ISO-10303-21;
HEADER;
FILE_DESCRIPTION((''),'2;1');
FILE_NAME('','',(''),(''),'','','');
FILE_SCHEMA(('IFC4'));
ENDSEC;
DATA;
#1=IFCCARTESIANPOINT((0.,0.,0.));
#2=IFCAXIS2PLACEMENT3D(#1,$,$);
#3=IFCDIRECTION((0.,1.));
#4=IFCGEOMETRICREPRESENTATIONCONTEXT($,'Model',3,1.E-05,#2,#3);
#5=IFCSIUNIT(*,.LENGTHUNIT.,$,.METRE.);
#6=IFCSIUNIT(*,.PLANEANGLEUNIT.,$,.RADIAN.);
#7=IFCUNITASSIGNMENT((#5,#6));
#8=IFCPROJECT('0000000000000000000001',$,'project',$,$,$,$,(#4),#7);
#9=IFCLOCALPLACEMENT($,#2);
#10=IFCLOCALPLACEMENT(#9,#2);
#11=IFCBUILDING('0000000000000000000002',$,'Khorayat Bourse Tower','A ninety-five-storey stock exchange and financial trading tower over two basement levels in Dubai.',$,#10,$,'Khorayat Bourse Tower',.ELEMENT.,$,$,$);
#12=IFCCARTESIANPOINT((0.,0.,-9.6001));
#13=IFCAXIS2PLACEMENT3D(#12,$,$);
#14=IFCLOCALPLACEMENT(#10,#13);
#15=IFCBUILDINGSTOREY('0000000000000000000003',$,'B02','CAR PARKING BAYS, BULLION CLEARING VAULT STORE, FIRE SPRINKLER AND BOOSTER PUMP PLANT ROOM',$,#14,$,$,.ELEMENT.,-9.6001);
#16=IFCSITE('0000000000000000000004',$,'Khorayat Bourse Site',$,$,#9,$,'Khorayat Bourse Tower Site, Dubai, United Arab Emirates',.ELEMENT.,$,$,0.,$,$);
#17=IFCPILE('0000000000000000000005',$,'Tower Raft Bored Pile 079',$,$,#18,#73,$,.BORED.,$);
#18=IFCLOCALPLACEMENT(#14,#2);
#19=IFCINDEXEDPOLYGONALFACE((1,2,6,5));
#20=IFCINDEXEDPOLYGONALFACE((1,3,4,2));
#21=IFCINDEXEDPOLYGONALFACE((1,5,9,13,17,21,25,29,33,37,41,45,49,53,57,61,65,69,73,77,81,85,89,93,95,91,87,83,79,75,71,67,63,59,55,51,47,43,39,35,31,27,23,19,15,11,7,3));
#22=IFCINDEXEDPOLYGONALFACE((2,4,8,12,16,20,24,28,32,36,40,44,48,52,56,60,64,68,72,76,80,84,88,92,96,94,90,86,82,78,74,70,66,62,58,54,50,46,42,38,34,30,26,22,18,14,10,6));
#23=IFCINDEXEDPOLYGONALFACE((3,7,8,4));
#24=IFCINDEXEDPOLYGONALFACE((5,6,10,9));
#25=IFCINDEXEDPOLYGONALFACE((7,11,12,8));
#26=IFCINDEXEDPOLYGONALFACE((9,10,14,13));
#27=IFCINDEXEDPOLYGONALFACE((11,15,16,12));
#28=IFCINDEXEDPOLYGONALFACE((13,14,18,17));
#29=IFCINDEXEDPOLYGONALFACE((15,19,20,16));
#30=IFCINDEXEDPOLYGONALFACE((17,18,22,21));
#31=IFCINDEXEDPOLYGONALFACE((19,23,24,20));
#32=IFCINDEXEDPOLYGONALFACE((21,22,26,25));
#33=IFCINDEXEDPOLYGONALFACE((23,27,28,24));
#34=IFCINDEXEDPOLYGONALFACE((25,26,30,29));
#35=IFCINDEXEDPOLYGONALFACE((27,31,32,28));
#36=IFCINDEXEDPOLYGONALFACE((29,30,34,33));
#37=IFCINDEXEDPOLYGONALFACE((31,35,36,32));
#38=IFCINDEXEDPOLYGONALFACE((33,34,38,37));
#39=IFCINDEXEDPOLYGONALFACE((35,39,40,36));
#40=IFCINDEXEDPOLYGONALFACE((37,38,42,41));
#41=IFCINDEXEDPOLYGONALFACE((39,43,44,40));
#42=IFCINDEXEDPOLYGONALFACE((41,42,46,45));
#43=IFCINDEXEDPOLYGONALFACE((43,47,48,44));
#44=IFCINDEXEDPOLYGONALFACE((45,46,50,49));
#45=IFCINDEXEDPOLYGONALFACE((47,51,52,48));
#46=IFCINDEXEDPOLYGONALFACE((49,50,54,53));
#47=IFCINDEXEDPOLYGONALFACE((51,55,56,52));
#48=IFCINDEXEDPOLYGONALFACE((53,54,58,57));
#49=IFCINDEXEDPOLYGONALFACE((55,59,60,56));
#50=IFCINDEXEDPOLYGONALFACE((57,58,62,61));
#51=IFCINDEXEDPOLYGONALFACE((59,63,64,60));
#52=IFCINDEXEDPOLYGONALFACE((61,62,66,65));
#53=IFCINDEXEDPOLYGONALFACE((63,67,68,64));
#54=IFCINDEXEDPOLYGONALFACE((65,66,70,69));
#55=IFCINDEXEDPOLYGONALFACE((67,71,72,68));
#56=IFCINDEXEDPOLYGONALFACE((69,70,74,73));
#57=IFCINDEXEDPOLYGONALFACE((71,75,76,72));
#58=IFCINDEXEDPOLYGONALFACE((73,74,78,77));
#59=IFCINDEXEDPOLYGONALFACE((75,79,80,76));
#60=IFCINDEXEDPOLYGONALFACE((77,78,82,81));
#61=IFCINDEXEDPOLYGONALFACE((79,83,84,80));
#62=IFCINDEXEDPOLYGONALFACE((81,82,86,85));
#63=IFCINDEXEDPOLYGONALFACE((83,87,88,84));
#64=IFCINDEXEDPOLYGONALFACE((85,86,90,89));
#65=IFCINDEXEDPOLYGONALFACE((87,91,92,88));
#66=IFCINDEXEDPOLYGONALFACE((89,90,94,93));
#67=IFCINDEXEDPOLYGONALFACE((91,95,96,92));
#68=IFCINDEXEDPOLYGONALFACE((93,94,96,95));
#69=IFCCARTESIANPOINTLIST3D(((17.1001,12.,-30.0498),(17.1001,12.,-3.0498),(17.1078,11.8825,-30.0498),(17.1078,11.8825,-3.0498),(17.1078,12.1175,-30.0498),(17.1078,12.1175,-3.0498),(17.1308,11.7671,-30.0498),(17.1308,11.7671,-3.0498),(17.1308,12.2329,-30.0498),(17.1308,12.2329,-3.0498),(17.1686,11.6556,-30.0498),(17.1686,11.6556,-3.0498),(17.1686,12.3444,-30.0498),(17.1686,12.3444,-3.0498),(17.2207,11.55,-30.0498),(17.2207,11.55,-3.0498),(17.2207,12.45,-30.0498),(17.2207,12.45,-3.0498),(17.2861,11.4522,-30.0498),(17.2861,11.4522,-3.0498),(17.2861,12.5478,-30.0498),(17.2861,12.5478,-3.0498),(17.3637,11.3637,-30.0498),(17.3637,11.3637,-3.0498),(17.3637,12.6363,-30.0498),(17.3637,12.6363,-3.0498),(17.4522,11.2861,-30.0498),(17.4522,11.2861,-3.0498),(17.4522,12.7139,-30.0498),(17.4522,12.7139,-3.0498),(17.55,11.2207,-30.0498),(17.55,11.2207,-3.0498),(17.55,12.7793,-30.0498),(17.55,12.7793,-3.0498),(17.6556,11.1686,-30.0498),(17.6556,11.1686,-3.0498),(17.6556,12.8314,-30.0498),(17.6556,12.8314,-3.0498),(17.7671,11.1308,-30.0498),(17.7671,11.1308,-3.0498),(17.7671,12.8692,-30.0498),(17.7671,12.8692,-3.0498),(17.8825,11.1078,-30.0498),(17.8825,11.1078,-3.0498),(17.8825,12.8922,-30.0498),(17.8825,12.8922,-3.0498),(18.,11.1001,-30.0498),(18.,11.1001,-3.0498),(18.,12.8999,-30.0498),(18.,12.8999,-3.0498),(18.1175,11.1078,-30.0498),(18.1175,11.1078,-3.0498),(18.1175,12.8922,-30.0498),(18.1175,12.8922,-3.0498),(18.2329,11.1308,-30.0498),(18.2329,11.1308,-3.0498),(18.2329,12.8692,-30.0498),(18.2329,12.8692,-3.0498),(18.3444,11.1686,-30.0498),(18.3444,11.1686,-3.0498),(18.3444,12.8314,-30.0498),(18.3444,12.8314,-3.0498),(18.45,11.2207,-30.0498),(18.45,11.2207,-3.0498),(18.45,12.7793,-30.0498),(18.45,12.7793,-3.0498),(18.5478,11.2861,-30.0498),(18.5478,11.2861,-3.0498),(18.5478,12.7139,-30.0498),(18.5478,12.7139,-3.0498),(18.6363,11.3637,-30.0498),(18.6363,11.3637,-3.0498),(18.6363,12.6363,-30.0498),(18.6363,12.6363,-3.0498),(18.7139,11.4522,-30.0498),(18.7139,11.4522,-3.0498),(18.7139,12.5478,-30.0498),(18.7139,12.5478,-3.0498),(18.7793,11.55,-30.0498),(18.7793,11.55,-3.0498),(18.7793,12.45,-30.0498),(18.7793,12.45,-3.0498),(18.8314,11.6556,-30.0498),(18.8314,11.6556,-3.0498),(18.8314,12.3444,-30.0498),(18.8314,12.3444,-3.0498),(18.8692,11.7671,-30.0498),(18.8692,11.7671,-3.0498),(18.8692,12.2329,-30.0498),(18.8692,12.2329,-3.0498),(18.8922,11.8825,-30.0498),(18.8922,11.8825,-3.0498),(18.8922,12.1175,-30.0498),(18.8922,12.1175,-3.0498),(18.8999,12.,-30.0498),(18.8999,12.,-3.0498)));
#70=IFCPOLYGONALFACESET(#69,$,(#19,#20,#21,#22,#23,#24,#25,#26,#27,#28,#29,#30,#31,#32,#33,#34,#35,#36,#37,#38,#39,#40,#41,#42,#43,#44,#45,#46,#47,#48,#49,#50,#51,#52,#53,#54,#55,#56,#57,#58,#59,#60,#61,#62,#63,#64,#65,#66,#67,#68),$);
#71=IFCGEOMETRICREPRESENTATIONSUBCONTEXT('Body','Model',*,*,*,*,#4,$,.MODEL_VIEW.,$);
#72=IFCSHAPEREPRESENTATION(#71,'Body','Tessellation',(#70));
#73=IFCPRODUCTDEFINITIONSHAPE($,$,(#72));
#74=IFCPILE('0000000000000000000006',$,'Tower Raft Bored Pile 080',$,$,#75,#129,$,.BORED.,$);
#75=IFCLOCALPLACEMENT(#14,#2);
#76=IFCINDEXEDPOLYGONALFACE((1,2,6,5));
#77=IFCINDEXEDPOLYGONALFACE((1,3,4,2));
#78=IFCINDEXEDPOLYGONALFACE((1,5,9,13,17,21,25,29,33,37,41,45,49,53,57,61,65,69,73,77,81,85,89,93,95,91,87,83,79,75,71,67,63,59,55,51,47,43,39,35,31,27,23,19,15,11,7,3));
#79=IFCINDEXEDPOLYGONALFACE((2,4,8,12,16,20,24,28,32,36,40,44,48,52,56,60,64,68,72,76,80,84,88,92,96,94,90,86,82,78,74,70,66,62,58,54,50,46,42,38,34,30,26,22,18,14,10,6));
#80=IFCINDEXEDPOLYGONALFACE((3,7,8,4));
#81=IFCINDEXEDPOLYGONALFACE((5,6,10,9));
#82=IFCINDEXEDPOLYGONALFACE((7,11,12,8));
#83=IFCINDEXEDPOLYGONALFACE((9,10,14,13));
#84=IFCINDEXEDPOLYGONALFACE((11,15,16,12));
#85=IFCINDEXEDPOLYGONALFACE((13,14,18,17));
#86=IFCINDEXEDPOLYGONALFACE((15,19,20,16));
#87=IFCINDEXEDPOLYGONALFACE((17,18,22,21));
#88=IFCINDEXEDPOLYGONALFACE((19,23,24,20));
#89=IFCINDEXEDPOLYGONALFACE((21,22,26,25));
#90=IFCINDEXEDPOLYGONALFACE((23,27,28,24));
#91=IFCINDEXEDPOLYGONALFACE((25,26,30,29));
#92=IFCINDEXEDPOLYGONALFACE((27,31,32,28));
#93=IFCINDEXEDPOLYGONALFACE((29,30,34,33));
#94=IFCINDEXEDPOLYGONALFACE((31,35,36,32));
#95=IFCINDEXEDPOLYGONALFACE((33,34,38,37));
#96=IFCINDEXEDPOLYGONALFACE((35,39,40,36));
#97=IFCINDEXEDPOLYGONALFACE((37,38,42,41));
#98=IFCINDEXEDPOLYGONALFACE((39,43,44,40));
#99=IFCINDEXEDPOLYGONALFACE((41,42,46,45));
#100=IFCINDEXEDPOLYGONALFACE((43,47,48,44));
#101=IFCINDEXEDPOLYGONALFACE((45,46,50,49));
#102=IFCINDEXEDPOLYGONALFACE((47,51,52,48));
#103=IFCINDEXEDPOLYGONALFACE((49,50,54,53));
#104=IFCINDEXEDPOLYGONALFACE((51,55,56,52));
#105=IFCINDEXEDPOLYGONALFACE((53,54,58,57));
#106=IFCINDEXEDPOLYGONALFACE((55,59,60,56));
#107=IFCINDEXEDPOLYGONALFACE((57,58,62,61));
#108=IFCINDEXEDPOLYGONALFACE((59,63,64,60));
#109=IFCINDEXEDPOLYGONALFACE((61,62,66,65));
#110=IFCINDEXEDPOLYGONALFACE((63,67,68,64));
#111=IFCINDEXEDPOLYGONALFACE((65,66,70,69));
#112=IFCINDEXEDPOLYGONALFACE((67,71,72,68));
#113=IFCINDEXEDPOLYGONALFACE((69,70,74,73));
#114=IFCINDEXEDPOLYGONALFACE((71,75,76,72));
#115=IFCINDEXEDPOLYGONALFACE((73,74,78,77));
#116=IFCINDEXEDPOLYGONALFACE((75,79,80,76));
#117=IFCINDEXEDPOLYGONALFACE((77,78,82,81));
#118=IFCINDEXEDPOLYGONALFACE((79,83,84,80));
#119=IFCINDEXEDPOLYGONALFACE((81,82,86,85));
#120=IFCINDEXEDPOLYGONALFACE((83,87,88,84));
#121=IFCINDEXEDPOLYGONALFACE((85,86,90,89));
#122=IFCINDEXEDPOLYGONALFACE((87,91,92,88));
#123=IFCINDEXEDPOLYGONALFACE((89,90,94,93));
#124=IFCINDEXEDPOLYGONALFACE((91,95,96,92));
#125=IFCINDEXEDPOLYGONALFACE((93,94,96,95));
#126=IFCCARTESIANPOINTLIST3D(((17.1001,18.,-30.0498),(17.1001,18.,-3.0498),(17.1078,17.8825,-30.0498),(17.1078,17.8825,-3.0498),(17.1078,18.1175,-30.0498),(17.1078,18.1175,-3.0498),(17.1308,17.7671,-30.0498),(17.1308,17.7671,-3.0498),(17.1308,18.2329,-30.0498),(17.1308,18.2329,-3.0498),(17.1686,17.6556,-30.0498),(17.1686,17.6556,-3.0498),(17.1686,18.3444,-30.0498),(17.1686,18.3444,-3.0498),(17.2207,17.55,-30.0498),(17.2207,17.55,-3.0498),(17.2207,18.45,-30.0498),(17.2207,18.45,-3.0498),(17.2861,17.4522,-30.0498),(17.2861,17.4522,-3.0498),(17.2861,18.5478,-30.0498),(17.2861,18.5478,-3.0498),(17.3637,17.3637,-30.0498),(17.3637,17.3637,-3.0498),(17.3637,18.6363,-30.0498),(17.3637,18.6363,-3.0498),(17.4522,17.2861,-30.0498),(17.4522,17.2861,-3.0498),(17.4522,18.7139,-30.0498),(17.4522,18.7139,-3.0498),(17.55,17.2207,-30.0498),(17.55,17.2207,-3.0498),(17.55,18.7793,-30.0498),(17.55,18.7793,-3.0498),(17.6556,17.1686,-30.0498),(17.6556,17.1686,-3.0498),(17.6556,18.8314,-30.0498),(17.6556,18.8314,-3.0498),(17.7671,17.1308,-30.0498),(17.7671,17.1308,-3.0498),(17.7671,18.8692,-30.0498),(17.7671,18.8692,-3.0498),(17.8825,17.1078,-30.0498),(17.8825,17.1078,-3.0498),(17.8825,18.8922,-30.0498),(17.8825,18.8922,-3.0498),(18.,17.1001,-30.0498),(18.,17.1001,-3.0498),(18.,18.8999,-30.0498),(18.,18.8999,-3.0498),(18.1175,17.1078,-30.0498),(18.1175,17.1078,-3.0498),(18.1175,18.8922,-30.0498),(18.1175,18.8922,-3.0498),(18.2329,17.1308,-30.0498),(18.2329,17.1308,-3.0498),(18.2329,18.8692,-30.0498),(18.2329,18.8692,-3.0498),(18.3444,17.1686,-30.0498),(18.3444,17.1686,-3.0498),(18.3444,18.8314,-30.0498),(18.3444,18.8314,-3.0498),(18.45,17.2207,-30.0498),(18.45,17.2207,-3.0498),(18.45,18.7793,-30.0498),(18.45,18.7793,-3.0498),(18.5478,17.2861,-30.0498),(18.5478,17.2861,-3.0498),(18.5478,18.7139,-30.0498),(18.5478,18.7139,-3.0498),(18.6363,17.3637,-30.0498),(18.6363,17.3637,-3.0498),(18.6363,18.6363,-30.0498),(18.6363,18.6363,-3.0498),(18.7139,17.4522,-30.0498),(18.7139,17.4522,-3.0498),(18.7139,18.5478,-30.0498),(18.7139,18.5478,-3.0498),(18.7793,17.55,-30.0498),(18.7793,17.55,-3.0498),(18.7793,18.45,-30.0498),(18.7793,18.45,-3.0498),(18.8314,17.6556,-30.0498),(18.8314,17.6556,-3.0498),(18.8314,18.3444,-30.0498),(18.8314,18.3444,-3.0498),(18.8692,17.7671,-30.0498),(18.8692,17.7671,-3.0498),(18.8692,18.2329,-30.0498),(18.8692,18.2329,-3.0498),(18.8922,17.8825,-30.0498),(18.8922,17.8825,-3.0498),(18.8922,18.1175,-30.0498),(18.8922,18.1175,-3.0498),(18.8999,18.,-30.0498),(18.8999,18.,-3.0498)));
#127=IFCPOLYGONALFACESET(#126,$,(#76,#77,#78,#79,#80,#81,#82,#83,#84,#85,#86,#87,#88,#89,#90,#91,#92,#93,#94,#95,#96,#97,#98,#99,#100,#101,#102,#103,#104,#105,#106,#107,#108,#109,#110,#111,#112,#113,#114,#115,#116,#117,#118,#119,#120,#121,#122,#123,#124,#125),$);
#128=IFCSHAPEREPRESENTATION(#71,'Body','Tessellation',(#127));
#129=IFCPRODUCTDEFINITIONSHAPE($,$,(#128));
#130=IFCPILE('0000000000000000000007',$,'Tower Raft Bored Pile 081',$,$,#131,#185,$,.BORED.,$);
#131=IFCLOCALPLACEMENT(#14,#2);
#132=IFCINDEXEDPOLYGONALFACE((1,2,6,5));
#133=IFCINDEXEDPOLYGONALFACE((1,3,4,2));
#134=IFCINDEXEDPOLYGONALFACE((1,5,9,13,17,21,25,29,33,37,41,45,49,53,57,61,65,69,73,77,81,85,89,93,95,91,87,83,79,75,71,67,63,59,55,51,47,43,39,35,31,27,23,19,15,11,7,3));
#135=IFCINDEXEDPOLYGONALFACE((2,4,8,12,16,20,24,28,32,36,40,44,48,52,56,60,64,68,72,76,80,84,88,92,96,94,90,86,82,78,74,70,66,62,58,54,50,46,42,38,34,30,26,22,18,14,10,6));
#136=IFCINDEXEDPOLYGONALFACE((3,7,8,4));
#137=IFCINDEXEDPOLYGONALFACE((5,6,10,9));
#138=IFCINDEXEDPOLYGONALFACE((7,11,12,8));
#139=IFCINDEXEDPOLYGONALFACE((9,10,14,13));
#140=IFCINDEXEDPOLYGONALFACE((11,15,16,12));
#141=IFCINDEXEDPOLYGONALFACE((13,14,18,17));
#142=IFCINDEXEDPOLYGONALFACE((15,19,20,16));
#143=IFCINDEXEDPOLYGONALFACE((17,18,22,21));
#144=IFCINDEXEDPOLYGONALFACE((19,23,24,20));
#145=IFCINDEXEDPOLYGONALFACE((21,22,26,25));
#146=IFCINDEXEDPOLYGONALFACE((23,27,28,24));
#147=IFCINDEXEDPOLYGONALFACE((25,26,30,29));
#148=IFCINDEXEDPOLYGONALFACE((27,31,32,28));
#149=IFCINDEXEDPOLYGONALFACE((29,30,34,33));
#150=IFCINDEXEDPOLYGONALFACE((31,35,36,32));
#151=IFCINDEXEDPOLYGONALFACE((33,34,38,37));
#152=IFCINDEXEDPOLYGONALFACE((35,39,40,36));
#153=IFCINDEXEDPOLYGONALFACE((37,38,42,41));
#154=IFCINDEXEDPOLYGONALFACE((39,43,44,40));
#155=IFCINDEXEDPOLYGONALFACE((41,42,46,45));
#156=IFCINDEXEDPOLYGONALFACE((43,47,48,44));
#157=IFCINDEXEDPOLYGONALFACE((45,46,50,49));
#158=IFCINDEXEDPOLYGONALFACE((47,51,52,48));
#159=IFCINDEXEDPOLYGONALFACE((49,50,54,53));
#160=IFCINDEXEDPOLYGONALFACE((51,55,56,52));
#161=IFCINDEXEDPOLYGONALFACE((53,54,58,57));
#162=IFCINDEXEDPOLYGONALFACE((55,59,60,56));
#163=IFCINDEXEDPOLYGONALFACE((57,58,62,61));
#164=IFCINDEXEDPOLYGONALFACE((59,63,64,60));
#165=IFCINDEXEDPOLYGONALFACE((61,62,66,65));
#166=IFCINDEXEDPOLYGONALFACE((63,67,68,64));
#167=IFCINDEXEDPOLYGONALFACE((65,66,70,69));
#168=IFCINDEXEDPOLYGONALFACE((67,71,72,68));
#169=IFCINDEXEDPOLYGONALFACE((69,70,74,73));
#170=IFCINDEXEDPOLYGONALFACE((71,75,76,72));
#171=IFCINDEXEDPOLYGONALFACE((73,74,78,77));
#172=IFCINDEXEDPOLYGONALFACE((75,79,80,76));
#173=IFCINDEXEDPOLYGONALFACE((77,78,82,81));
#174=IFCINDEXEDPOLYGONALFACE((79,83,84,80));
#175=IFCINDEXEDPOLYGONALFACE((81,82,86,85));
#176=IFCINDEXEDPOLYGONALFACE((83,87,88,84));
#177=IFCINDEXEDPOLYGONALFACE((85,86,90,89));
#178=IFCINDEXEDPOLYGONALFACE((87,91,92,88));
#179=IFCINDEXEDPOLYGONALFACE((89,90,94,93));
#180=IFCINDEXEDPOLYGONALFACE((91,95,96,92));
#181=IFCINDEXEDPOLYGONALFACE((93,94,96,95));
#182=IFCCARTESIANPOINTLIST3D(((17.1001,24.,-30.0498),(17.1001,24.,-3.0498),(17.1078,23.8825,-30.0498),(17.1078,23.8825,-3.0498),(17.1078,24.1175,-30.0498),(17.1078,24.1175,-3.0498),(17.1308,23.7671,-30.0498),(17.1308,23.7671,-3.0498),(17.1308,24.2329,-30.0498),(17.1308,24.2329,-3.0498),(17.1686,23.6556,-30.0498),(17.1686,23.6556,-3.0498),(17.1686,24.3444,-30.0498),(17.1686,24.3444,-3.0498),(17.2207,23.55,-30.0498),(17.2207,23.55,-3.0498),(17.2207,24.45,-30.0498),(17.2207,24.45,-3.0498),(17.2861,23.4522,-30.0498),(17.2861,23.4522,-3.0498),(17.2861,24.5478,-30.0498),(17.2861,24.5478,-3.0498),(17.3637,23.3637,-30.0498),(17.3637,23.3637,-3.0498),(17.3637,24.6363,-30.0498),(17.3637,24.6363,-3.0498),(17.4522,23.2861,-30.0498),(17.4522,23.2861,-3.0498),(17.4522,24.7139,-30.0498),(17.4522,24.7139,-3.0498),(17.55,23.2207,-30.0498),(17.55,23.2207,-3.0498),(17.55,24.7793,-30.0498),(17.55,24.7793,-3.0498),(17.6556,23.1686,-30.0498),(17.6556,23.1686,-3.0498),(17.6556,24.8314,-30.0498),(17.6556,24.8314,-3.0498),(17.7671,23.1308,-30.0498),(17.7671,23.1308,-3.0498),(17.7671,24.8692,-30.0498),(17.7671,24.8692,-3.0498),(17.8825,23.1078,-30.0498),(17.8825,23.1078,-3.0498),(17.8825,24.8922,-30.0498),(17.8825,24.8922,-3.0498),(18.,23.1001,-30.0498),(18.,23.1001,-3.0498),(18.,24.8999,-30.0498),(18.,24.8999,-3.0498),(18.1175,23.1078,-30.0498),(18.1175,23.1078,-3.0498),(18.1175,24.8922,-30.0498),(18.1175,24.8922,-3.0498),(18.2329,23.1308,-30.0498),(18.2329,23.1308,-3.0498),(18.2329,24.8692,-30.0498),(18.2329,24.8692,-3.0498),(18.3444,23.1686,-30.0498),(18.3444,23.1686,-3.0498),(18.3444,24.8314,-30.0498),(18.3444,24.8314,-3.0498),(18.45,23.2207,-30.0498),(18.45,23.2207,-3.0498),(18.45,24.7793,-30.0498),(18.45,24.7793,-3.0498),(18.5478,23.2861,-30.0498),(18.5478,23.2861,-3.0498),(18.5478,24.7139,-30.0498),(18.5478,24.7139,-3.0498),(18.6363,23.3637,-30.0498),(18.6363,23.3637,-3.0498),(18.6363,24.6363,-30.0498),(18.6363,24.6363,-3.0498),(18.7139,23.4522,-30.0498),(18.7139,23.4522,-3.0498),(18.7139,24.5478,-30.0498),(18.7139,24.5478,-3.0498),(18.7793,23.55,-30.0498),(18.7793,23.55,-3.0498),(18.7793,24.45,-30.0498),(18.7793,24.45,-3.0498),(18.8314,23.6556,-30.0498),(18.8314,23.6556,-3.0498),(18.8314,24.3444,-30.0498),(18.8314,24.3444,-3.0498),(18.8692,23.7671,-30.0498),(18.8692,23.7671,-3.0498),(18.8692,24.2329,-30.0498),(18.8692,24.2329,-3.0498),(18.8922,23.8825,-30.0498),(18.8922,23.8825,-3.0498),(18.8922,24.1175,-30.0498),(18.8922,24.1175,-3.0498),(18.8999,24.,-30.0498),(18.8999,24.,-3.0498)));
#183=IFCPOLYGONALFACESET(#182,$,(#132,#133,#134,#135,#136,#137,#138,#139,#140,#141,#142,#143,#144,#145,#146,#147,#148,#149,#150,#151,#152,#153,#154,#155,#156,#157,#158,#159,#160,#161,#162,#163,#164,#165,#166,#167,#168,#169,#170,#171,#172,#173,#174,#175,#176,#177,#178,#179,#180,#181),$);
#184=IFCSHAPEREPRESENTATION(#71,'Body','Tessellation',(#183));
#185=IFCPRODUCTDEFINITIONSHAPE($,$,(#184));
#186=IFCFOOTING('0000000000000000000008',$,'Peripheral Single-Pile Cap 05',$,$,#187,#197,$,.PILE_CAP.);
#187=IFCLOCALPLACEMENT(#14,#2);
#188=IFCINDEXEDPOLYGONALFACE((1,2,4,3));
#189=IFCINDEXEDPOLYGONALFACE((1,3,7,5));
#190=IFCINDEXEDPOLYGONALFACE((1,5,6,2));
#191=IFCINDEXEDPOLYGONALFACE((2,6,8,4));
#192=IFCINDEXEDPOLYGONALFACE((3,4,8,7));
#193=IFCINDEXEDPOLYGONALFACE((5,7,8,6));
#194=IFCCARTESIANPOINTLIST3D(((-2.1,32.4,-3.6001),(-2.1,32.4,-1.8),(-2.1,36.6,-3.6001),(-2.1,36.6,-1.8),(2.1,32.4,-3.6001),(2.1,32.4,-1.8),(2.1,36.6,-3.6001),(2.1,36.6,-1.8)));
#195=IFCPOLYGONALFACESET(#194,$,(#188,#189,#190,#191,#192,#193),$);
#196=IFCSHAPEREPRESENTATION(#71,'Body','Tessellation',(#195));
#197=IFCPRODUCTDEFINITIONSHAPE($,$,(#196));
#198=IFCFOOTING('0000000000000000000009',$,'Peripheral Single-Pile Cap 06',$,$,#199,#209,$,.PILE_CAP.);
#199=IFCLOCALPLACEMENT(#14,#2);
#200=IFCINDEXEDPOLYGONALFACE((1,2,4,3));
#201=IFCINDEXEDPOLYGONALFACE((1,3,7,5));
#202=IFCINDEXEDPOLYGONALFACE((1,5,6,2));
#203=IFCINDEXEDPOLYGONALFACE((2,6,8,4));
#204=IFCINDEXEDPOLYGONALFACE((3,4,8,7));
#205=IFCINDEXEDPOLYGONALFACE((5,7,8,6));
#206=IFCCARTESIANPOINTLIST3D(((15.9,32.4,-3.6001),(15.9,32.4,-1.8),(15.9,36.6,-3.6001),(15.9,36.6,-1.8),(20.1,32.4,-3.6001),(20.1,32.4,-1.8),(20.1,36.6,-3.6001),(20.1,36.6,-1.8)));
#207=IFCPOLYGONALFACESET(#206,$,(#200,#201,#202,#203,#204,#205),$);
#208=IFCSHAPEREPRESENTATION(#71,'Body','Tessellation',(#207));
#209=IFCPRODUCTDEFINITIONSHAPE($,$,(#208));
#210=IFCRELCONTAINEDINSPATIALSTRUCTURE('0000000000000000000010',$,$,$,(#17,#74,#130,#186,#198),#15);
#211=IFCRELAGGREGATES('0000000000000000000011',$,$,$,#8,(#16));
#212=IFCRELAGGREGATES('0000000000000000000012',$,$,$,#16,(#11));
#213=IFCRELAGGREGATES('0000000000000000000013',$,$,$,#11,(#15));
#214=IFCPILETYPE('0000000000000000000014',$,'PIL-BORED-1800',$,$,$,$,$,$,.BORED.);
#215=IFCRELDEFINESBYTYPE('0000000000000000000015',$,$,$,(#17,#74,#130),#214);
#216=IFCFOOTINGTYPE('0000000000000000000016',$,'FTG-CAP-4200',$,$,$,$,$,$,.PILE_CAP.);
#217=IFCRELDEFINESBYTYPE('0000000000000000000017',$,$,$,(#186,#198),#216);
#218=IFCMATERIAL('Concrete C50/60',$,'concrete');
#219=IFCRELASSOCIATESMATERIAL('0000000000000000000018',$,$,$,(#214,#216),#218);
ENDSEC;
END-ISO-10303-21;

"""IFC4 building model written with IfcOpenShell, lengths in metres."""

from ifc_helpers import new_model, si_unit, direction, frame, origin, origin_2d, place, context, subcontext, project, spatial, rectangle, circle, extrude, source, transform, mapped, material, material_profile, profile_set, type_object, element, save


model = new_model("IFC4")

# Units and contexts
model_context = context("Model", 3, precision=1e-05, world=origin(), true_north=direction((0.0, 1.0)))
body_context = subcontext(model_context, "Body", "Model", "MODEL_VIEW")
ifc_project = project(units=[si_unit("LENGTHUNIT", "METRE"), si_unit("PLANEANGLEUNIT", "RADIAN")], contexts=[model_context])

# Site, building, storey
site_placement = place(None, origin())
site = spatial("IfcSite", under=ifc_project, at=site_placement, Name="Khorayat Bourse Site", LongName="Khorayat Bourse Tower Site, Dubai, United Arab Emirates", CompositionType="ELEMENT", RefElevation=0.0)
building_placement = place(site_placement, origin())
building = spatial("IfcBuilding", under=site, at=building_placement, Name="Khorayat Bourse Tower", Description="A ninety-five-storey stock exchange and financial trading tower over two basement levels in Dubai.", LongName="Khorayat Bourse Tower", CompositionType="ELEMENT")
storey_placement = place(building_placement, frame((0.0, 0.0, -9.6001)))
storey = spatial("IfcBuildingStorey", under=building, at=storey_placement, Name="B02", Description="CAR PARKING BAYS, BULLION CLEARING VAULT STORE, FIRE SPRINKLER AND BOOSTER PUMP PLANT ROOM", CompositionType="ELEMENT", Elevation=-9.6001)

# Piles
ifc_material_1 = material(Name="Concrete C50/60", Category="concrete")
ifc_material_profile_1 = material_profile(ifc_material_1, circle(Radius=0.8999, at=origin_2d()), Name="BORED PILE D1800")
ifc_profile_set_1 = profile_set([ifc_material_profile_1], Name="Concrete C50/60")
pile_type_1 = type_object("IfcPileType", Name="PIL-BORED-1800", PredefinedType="BORED", material=ifc_profile_set_1)
shared_shape_1 = source(origin(), body_context, "Body", "SweptSolid", [
    extrude(circle(Radius=0.8999, at=origin_2d()), origin(), (0.0, 0.0, 1.0), 27.0),
])
for number, where, z_axis, x_axis, name in (
    (1, (18.0, 12.0, -3.0498), (0.0, 0.0, -1.0), (1.0, 0.0, 0.0), "Tower Raft Bored Pile 079"),
    (2, (18.0, 18.0, -3.0498), (0.0, 0.0, -1.0), (1.0, 0.0, 0.0), "Tower Raft Bored Pile 080"),
    (3, (18.0, 24.0, -3.0498), (0.0, 0.0, -1.0), (1.0, 0.0, 0.0), "Tower Raft Bored Pile 081"),
):
    element("IfcPile", number, at=place(storey_placement, frame(where, z_axis=z_axis, x_axis=x_axis)), inside=storey, type_object=pile_type_1, Name=name, PredefinedType="BORED", context=body_context, shape_type="MappedRepresentation", body=[
        mapped(shared_shape_1, transform((0.0, 0.0, 0.0), scale=1.0)),
    ])

# Footings
footing_type_1 = type_object("IfcFootingType", Name="FTG-CAP-4200", PredefinedType="PILE_CAP", material=ifc_material_1)
shared_shape_2 = source(origin(), body_context, "Body", "SweptSolid", [
    extrude(rectangle(XDim=4.2, YDim=4.2, at=origin_2d()), origin(), (0.0, 0.0, 1.0), 1.8),
])
for number, where, z_axis, x_axis, name in (
    (4, (0.0, 34.5, -3.6001), (0.0, 0.0, 1.0), (1.0, 0.0, 0.0), "Peripheral Single-Pile Cap 05"),
    (5, (18.0, 34.5, -3.6001), (0.0, 0.0, 1.0), (1.0, 0.0, 0.0), "Peripheral Single-Pile Cap 06"),
):
    element("IfcFooting", number, at=place(storey_placement, frame(where, z_axis=z_axis, x_axis=x_axis)), inside=storey, type_object=footing_type_1, Name=name, PredefinedType="PILE_CAP", context=body_context, shape_type="MappedRepresentation", body=[
        mapped(shared_shape_2, transform((0.0, 0.0, 0.0), scale=1.0)),
    ])

save(model, "model.ifc")
